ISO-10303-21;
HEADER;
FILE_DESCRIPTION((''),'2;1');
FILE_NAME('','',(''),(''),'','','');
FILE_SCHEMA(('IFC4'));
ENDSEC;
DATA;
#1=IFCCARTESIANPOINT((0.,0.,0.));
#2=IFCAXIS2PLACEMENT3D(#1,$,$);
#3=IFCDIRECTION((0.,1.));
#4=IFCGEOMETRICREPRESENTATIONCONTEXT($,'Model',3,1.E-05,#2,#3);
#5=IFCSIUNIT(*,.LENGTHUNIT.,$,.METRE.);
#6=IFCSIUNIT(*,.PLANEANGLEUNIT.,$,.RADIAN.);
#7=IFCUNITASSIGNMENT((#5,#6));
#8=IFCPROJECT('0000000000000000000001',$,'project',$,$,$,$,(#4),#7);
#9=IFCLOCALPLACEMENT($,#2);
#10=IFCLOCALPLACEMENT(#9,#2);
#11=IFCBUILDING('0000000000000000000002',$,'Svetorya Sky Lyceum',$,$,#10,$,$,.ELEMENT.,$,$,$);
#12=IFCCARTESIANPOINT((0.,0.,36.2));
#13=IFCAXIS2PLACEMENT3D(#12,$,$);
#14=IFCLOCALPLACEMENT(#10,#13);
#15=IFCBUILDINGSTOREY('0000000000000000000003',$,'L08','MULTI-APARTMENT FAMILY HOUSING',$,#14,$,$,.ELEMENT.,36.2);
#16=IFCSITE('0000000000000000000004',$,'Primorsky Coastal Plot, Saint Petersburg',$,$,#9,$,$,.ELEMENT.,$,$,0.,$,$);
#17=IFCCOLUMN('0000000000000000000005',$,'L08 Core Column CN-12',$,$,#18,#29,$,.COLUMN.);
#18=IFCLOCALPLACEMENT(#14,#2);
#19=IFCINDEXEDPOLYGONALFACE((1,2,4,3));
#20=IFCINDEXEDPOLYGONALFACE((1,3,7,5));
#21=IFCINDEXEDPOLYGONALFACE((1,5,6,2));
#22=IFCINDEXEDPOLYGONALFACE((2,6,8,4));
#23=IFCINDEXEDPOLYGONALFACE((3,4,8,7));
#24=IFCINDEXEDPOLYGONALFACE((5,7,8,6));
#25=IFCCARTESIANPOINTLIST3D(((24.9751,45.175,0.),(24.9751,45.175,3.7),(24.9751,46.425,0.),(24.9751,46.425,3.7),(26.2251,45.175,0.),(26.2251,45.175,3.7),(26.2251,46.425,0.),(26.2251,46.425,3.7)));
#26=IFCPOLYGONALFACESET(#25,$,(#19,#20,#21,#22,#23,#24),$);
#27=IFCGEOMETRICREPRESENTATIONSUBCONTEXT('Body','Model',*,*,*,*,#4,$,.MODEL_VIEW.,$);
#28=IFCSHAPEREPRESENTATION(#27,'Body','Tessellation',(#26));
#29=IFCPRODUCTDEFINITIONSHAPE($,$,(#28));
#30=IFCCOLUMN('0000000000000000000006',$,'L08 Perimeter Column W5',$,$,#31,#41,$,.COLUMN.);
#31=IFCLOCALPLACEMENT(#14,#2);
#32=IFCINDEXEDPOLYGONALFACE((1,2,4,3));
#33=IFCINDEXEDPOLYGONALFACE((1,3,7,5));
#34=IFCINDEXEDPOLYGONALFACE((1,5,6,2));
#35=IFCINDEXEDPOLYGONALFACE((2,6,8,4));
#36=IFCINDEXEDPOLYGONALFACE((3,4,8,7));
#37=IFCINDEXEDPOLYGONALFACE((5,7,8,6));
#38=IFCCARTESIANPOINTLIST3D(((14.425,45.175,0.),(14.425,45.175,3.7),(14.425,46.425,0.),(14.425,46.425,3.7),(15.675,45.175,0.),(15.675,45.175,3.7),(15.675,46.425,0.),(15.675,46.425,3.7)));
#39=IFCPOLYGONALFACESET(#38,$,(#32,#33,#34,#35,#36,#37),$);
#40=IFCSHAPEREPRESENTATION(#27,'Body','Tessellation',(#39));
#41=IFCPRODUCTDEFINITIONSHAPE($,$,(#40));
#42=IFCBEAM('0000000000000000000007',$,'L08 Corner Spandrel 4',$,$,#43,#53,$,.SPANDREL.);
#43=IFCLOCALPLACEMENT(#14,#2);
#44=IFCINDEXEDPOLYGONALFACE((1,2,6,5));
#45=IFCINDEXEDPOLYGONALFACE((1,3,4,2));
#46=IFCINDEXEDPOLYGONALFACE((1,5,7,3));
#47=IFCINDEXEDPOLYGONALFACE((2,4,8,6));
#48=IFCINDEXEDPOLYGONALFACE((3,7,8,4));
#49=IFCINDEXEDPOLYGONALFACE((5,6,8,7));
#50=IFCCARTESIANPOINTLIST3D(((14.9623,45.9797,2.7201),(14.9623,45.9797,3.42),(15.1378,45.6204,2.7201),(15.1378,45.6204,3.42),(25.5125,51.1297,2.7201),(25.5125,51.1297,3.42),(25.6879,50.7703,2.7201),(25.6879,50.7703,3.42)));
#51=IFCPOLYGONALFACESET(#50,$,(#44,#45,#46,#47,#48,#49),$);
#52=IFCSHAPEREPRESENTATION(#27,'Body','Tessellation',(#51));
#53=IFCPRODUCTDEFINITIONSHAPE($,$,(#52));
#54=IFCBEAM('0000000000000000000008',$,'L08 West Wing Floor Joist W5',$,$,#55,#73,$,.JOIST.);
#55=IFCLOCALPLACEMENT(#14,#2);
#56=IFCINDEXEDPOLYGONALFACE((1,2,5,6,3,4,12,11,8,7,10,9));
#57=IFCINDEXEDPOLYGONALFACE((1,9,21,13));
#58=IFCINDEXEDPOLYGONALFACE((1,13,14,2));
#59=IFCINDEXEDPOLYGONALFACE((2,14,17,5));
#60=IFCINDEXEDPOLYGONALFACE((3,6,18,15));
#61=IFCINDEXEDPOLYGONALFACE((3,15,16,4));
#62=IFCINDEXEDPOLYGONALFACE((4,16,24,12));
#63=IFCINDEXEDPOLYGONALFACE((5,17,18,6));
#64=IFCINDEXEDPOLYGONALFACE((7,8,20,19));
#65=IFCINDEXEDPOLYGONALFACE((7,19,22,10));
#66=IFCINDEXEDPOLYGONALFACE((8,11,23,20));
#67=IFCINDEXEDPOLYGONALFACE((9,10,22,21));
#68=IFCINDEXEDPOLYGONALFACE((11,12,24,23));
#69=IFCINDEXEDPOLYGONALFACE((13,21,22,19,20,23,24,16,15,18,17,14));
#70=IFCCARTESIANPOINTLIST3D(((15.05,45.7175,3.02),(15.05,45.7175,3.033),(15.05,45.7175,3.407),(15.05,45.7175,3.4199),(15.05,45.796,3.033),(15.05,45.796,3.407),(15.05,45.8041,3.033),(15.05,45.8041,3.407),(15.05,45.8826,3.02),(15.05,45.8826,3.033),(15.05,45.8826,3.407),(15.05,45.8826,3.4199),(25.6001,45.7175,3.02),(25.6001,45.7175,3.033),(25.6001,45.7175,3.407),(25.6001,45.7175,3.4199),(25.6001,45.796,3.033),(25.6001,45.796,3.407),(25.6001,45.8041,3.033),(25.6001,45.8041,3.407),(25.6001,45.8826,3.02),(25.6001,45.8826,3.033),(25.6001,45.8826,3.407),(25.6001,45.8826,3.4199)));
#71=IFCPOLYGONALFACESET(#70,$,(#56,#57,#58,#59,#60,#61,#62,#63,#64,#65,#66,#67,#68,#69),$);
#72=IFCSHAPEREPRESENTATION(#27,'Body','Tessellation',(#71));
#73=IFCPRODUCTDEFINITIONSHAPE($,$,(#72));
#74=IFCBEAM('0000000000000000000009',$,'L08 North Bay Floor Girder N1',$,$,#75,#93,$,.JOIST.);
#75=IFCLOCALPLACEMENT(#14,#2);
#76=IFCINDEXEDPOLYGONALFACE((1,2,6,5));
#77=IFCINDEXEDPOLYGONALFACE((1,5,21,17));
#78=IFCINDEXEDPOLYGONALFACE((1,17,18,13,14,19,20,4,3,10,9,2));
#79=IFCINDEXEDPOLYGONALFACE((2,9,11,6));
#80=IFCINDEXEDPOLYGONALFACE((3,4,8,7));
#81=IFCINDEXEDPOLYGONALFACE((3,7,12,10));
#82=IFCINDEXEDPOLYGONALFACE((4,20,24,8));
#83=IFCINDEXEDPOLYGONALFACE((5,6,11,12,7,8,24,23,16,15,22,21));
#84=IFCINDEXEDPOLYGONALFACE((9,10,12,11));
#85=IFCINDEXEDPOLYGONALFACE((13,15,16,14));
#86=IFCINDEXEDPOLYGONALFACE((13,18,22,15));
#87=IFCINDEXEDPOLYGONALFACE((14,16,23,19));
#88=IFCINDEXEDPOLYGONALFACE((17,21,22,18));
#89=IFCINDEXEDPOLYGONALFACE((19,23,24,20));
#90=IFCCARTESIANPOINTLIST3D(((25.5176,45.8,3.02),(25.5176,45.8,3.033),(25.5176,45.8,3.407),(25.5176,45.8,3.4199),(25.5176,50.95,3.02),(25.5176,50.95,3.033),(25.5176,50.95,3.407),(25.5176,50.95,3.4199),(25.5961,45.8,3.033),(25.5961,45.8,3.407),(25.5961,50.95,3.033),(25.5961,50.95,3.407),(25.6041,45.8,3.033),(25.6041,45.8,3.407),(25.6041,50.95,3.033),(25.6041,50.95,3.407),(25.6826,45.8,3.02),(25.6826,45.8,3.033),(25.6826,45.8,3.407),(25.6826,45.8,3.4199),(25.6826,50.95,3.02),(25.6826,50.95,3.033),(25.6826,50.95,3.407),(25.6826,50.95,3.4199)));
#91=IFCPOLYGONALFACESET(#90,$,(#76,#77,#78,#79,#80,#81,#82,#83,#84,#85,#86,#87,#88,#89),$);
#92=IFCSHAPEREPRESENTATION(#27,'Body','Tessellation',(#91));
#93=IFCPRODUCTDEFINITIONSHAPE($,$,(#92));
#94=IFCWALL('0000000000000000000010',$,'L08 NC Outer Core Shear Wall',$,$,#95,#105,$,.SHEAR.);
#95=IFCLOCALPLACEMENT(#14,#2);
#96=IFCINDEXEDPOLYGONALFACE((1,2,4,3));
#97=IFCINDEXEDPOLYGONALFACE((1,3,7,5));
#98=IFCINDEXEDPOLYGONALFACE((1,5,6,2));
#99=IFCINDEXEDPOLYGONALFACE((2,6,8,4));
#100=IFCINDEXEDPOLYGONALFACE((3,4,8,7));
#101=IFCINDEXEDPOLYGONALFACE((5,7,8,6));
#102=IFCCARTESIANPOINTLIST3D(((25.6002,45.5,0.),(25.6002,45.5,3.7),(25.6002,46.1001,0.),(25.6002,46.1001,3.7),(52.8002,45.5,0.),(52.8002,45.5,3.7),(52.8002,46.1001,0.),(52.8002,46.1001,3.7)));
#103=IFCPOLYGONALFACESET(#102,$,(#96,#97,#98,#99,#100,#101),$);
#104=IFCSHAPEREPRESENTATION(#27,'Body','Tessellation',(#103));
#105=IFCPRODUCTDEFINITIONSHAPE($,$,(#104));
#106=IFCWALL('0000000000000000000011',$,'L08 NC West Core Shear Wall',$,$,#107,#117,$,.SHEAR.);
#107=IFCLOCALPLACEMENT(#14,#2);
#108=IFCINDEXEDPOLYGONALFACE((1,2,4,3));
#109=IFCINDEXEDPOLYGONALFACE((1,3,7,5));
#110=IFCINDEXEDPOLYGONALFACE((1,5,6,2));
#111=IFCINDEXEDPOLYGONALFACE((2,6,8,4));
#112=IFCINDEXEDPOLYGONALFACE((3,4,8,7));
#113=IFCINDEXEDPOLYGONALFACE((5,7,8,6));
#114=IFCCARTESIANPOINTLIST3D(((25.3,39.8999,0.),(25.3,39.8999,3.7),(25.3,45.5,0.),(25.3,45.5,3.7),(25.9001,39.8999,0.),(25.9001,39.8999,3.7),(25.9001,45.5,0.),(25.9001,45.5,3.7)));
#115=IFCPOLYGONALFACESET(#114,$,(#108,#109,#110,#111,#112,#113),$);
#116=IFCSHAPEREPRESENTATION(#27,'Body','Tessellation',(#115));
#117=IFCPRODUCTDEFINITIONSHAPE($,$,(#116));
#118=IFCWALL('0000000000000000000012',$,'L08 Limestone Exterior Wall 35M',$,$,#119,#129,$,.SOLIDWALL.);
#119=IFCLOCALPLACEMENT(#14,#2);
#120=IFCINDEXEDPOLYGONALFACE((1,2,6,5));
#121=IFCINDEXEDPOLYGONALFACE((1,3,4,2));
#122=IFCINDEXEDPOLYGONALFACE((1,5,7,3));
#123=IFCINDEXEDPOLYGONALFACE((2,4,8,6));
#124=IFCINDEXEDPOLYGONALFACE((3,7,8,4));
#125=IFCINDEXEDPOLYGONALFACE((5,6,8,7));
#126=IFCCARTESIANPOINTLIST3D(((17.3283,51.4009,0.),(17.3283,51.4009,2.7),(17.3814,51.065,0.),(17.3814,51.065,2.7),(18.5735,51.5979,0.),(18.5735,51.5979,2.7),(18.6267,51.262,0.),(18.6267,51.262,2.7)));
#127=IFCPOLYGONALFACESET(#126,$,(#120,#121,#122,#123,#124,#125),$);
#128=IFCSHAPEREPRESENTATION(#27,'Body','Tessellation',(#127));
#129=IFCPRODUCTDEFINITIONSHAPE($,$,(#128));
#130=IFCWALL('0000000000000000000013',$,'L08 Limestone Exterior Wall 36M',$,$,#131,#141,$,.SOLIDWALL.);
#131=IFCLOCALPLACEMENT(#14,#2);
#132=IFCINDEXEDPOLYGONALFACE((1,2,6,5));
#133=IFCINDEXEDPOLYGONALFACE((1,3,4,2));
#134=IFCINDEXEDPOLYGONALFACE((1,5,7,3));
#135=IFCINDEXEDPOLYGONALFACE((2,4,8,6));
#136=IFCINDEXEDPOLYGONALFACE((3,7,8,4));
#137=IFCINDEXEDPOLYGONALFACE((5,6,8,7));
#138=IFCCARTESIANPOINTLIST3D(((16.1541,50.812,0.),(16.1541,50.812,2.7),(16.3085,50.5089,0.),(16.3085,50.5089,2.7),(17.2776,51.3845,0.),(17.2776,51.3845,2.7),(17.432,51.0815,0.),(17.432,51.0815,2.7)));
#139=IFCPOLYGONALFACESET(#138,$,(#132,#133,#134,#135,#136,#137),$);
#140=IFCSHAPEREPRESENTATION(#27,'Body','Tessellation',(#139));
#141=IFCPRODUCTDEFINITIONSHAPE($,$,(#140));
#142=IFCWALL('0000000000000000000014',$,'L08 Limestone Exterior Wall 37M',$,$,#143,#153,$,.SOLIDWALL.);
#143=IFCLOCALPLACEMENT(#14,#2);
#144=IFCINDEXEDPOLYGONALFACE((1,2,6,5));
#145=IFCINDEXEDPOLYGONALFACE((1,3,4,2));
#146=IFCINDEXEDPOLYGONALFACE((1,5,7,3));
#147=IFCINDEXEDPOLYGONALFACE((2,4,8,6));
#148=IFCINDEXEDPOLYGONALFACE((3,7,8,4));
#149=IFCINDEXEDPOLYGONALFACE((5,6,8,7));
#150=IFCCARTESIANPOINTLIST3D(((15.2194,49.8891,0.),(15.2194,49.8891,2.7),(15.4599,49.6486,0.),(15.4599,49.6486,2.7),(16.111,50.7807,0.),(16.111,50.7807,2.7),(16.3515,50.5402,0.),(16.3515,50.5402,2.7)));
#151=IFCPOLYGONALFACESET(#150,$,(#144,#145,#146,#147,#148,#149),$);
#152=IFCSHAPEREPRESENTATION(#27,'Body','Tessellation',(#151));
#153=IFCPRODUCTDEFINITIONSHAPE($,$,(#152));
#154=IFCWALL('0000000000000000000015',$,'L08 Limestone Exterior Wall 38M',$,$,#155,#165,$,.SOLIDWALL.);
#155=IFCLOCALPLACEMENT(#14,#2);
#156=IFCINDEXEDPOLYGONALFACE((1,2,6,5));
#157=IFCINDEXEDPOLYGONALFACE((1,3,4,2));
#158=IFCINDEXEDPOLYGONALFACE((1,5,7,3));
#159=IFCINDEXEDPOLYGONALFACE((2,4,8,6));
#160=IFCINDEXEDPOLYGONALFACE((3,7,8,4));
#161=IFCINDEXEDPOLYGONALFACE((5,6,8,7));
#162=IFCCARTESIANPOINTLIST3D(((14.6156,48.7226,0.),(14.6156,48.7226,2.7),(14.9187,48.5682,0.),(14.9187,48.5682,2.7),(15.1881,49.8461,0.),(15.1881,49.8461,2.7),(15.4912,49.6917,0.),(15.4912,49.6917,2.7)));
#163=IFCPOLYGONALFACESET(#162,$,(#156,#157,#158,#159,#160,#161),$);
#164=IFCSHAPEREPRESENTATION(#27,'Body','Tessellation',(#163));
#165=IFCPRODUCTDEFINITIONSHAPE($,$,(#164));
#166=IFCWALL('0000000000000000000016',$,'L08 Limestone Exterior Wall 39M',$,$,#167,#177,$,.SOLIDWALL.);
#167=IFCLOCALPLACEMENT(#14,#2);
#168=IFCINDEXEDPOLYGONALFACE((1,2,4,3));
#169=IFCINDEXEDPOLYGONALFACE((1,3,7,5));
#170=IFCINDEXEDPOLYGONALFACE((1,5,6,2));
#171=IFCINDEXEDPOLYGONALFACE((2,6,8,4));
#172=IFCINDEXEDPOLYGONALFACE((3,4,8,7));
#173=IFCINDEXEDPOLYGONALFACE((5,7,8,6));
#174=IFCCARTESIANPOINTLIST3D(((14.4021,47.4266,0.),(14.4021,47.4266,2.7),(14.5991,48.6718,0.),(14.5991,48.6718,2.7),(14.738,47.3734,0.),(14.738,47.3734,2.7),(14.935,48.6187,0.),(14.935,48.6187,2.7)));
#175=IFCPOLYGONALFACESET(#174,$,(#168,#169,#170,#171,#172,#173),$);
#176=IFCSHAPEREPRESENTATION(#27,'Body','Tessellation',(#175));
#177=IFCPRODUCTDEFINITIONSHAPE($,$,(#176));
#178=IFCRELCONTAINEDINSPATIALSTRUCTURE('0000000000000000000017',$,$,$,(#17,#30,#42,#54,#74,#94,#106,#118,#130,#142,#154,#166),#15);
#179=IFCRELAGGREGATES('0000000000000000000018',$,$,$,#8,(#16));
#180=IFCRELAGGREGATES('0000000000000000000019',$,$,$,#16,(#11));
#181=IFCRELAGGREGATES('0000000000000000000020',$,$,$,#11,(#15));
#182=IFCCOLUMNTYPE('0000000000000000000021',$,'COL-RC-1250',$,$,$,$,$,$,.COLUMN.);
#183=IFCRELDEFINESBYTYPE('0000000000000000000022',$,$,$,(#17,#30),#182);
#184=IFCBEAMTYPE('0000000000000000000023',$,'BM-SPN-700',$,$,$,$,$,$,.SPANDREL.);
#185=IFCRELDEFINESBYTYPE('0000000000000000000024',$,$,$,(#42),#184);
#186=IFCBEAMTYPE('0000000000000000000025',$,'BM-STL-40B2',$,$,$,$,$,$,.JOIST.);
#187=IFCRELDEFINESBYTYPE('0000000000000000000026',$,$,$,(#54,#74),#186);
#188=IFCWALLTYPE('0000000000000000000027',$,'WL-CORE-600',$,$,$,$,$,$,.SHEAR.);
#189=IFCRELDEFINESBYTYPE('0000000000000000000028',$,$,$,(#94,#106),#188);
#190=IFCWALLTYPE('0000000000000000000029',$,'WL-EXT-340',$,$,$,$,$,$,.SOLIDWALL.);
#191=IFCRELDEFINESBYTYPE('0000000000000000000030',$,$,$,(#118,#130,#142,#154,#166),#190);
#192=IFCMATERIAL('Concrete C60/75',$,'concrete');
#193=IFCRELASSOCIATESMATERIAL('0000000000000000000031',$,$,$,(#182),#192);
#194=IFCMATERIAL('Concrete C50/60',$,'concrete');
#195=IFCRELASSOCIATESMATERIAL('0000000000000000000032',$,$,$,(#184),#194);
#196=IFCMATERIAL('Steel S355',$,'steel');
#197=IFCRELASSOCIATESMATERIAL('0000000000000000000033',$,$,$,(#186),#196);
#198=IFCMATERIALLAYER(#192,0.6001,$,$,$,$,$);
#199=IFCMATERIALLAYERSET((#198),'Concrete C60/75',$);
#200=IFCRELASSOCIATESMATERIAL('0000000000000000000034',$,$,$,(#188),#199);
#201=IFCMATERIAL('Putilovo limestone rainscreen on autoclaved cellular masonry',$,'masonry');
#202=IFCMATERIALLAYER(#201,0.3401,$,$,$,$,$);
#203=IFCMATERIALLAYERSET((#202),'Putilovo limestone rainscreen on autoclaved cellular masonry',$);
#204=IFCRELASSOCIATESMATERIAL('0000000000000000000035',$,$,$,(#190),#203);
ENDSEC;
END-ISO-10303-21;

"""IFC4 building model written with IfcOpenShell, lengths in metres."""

from ifc_helpers import new_model, si_unit, direction, frame, frame_2d, origin, origin_2d, place, context, subcontext, project, spatial, rectangle, i_section, extrude, material, layer, layer_set, material_profile, profile_set, type_object, element, save


model = new_model("IFC4")

# Units and contexts
model_context = context("Model", 3, precision=1e-05, world=origin(), true_north=direction((0.0, 1.0)))
body_context = subcontext(model_context, "Body", "Model", "MODEL_VIEW")
ifc_project = project(units=[si_unit("LENGTHUNIT", "METRE"), si_unit("PLANEANGLEUNIT", "RADIAN")], contexts=[model_context])

# Site, building, storey
site_placement = place(None, origin())
site = spatial("IfcSite", under=ifc_project, at=site_placement, Name="Primorsky Coastal Plot, Saint Petersburg", CompositionType="ELEMENT", RefElevation=0.0)
building_placement = place(site_placement, origin())
building = spatial("IfcBuilding", under=site, at=building_placement, Name="Svetorya Sky Lyceum", CompositionType="ELEMENT")
storey_placement = place(building_placement, frame((0.0, 0.0, 36.2)))
storey = spatial("IfcBuildingStorey", under=building, at=storey_placement, Name="L08", Description="MULTI-APARTMENT FAMILY HOUSING", CompositionType="ELEMENT", Elevation=36.2)

# Columns
ifc_material_1 = material(Name="Concrete C60/75", Category="concrete")
ifc_material_profile_1 = material_profile(ifc_material_1, rectangle(XDim=1.25, YDim=1.25, at=origin_2d()), Name="RC COL 1250x1250")
ifc_profile_set_1 = profile_set([ifc_material_profile_1], Name="Concrete C60/75")
column_type = type_object("IfcColumnType", Name="COL-RC-1250", PredefinedType="COLUMN", material=ifc_profile_set_1)
for number, where, z_axis, x_axis, name in (
    (1, (25.6001, 45.8, 0.0), (0.0, 0.0, 1.0), (1.0, 0.0, 0.0), "L08 Core Column CN-12"),
    (2, (15.05, 45.8, 0.0), (0.0, 0.0, 1.0), (1.0, 0.0, 0.0), "L08 Perimeter Column W5"),
):
    element("IfcColumn", number, at=place(storey_placement, frame(where, z_axis=z_axis, x_axis=x_axis)), inside=storey, type_object=column_type, Name=name, PredefinedType="COLUMN", context=body_context, shape_type="SweptSolid", body=[
        extrude(rectangle(XDim=1.25, YDim=1.25, at=origin_2d()), origin(), (0.0, 0.0, 1.0), 3.7),
    ])

# Beams
ifc_material_2 = material(Name="Concrete C50/60", Category="concrete")
ifc_material_profile_2 = material_profile(ifc_material_2, rectangle(XDim=0.3999, YDim=0.7, at=origin_2d()), Name="RC SPANDREL 400x700")
ifc_profile_set_2 = profile_set([ifc_material_profile_2], Name="Concrete C50/60")
beam_type_1 = type_object("IfcBeamType", Name="BM-SPN-700", PredefinedType="SPANDREL", material=ifc_profile_set_2)
beam_1_placement = place(storey_placement, frame((15.05, 45.8, 3.0701), z_axis=(0.89865, 0.438667, 0.0), x_axis=(-0.438667, 0.89865, 0.0)))
element("IfcBeam", 3, at=beam_1_placement, inside=storey, type_object=beam_type_1, Name="L08 Corner Spandrel 4", PredefinedType="SPANDREL", context=body_context, shape_type="SweptSolid", body=[
    extrude(rectangle(XDim=0.3999, YDim=0.7, at=origin_2d()), origin(), (0.0, 0.0, 1.0), 11.74),
])
ifc_material_3 = material(Name="Steel S355", Category="steel")
ifc_material_profile_3 = material_profile(ifc_material_3, i_section(OverallWidth=0.165, OverallDepth=0.3999, WebThickness=0.0081, FlangeThickness=0.0129, at=origin_2d()), Name="GOST 40B2")
ifc_profile_set_3 = profile_set([ifc_material_profile_3], Name="Steel S355")
beam_type_2 = type_object("IfcBeamType", Name="BM-STL-40B2", PredefinedType="JOIST", material=ifc_profile_set_3)
beam_2_placement = place(storey_placement, frame((15.05, 45.8, 3.22), z_axis=(1.0, 0.0, 0.0), x_axis=(0.0, 1.0, 0.0)))
element("IfcBeam", 4, at=beam_2_placement, inside=storey, type_object=beam_type_2, Name="L08 West Wing Floor Joist W5", PredefinedType="JOIST", context=body_context, shape_type="SweptSolid", body=[
    extrude(i_section(OverallWidth=0.165, OverallDepth=0.3999, WebThickness=0.0081, FlangeThickness=0.0129, at=origin_2d()), origin(), (0.0, 0.0, 1.0), 10.55),
])
beam_3_placement = place(storey_placement, frame((25.6001, 45.8, 3.22), z_axis=(0.0, 1.0, 0.0), x_axis=(-1.0, 0.0, 0.0)))
element("IfcBeam", 5, at=beam_3_placement, inside=storey, type_object=beam_type_2, Name="L08 North Bay Floor Girder N1", PredefinedType="JOIST", context=body_context, shape_type="SweptSolid", body=[
    extrude(i_section(OverallWidth=0.165, OverallDepth=0.3999, WebThickness=0.0081, FlangeThickness=0.0129, at=origin_2d()), origin(), (0.0, 0.0, 1.0), 5.1499),
])

# Walls
ifc_layer_1 = layer(ifc_material_1, 0.6001)
ifc_layer_set_1 = layer_set([ifc_layer_1], Name="Concrete C60/75")
wall_type_1 = type_object("IfcWallType", Name="WL-CORE-600", PredefinedType="SHEAR", material=ifc_layer_set_1)
wall_1_placement = place(storey_placement, frame((25.6001, 45.8, 0.0), z_axis=(0.0, 0.0, 1.0), x_axis=(1.0, 0.0, 0.0)))
element("IfcWall", 6, at=wall_1_placement, inside=storey, type_object=wall_type_1, Name="L08 NC Outer Core Shear Wall", PredefinedType="SHEAR", context=body_context, shape_type="SweptSolid", body=[
    extrude(rectangle(XDim=27.2, YDim=0.6001, at=frame_2d((13.6001, 0.0))), origin(), (0.0, 0.0, 1.0), 3.7),
])
wall_2_placement = place(storey_placement, frame((25.6001, 39.8999, 0.0), z_axis=(0.0, 0.0, 1.0), x_axis=(0.0, 1.0, 0.0)))
element("IfcWall", 7, at=wall_2_placement, inside=storey, type_object=wall_type_1, Name="L08 NC West Core Shear Wall", PredefinedType="SHEAR", context=body_context, shape_type="SweptSolid", body=[
    extrude(rectangle(XDim=5.6001, YDim=0.6001, at=frame_2d((2.8, 0.0))), origin(), (0.0, 0.0, 1.0), 3.7),
])
ifc_material_4 = material(Name="Putilovo limestone rainscreen on autoclaved cellular masonry", Category="masonry")
ifc_layer_2 = layer(ifc_material_4, 0.3401)
ifc_layer_set_2 = layer_set([ifc_layer_2], Name="Putilovo limestone rainscreen on autoclaved cellular masonry")
wall_type_2 = type_object("IfcWallType", Name="WL-EXT-340", PredefinedType="SOLIDWALL", material=ifc_layer_set_2)
wall_3_placement = place(storey_placement, frame((18.6001, 51.4299, 0.0), z_axis=(0.0, 0.0, 1.0), x_axis=(-0.987716, -0.156261, 0.0)))
element("IfcWall", 8, at=wall_3_placement, inside=storey, type_object=wall_type_2, Name="L08 Limestone Exterior Wall 35M", PredefinedType="SOLIDWALL", context=body_context, shape_type="SweptSolid", body=[
    extrude(rectangle(XDim=1.2607, YDim=0.3401, at=frame_2d((0.6304, 0.0))), origin(), (0.0, 0.0, 1.0), 2.7),
])
for number, where, z_axis, x_axis, name in (
    (9, (17.3547, 51.2329, 0.0), (0.0, 0.0, 1.0), (-0.890994, -0.454016, 0.0), "L08 Limestone Exterior Wall 36M"),
    (10, (16.2312, 50.6604, 0.0), (0.0, 0.0, 1.0), (-0.707107, -0.707107, 0.0), "L08 Limestone Exterior Wall 37M"),
    (11, (15.3396, 49.7688, 0.0), (0.0, 0.0, 1.0), (-0.454016, -0.890994, 0.0), "L08 Limestone Exterior Wall 38M"),
):
    element("IfcWall", number, at=place(storey_placement, frame(where, z_axis=z_axis, x_axis=x_axis)), inside=storey, type_object=wall_type_2, Name=name, PredefinedType="SOLIDWALL", context=body_context, shape_type="SweptSolid", body=[
        extrude(rectangle(XDim=1.261, YDim=0.3401, at=frame_2d((0.6304, 0.0))), origin(), (0.0, 0.0, 1.0), 2.7),
    ])
wall_4_placement = place(storey_placement, frame((14.7671, 48.6453, 0.0), z_axis=(0.0, 0.0, 1.0), x_axis=(-0.156261, -0.987716, 0.0)))
element("IfcWall", 12, at=wall_4_placement, inside=storey, type_object=wall_type_2, Name="L08 Limestone Exterior Wall 39M", PredefinedType="SOLIDWALL", context=body_context, shape_type="SweptSolid", body=[
    extrude(rectangle(XDim=1.2607, YDim=0.3401, at=frame_2d((0.6304, 0.0))), origin(), (0.0, 0.0, 1.0), 2.7),
])

save(model, "model.ifc")
